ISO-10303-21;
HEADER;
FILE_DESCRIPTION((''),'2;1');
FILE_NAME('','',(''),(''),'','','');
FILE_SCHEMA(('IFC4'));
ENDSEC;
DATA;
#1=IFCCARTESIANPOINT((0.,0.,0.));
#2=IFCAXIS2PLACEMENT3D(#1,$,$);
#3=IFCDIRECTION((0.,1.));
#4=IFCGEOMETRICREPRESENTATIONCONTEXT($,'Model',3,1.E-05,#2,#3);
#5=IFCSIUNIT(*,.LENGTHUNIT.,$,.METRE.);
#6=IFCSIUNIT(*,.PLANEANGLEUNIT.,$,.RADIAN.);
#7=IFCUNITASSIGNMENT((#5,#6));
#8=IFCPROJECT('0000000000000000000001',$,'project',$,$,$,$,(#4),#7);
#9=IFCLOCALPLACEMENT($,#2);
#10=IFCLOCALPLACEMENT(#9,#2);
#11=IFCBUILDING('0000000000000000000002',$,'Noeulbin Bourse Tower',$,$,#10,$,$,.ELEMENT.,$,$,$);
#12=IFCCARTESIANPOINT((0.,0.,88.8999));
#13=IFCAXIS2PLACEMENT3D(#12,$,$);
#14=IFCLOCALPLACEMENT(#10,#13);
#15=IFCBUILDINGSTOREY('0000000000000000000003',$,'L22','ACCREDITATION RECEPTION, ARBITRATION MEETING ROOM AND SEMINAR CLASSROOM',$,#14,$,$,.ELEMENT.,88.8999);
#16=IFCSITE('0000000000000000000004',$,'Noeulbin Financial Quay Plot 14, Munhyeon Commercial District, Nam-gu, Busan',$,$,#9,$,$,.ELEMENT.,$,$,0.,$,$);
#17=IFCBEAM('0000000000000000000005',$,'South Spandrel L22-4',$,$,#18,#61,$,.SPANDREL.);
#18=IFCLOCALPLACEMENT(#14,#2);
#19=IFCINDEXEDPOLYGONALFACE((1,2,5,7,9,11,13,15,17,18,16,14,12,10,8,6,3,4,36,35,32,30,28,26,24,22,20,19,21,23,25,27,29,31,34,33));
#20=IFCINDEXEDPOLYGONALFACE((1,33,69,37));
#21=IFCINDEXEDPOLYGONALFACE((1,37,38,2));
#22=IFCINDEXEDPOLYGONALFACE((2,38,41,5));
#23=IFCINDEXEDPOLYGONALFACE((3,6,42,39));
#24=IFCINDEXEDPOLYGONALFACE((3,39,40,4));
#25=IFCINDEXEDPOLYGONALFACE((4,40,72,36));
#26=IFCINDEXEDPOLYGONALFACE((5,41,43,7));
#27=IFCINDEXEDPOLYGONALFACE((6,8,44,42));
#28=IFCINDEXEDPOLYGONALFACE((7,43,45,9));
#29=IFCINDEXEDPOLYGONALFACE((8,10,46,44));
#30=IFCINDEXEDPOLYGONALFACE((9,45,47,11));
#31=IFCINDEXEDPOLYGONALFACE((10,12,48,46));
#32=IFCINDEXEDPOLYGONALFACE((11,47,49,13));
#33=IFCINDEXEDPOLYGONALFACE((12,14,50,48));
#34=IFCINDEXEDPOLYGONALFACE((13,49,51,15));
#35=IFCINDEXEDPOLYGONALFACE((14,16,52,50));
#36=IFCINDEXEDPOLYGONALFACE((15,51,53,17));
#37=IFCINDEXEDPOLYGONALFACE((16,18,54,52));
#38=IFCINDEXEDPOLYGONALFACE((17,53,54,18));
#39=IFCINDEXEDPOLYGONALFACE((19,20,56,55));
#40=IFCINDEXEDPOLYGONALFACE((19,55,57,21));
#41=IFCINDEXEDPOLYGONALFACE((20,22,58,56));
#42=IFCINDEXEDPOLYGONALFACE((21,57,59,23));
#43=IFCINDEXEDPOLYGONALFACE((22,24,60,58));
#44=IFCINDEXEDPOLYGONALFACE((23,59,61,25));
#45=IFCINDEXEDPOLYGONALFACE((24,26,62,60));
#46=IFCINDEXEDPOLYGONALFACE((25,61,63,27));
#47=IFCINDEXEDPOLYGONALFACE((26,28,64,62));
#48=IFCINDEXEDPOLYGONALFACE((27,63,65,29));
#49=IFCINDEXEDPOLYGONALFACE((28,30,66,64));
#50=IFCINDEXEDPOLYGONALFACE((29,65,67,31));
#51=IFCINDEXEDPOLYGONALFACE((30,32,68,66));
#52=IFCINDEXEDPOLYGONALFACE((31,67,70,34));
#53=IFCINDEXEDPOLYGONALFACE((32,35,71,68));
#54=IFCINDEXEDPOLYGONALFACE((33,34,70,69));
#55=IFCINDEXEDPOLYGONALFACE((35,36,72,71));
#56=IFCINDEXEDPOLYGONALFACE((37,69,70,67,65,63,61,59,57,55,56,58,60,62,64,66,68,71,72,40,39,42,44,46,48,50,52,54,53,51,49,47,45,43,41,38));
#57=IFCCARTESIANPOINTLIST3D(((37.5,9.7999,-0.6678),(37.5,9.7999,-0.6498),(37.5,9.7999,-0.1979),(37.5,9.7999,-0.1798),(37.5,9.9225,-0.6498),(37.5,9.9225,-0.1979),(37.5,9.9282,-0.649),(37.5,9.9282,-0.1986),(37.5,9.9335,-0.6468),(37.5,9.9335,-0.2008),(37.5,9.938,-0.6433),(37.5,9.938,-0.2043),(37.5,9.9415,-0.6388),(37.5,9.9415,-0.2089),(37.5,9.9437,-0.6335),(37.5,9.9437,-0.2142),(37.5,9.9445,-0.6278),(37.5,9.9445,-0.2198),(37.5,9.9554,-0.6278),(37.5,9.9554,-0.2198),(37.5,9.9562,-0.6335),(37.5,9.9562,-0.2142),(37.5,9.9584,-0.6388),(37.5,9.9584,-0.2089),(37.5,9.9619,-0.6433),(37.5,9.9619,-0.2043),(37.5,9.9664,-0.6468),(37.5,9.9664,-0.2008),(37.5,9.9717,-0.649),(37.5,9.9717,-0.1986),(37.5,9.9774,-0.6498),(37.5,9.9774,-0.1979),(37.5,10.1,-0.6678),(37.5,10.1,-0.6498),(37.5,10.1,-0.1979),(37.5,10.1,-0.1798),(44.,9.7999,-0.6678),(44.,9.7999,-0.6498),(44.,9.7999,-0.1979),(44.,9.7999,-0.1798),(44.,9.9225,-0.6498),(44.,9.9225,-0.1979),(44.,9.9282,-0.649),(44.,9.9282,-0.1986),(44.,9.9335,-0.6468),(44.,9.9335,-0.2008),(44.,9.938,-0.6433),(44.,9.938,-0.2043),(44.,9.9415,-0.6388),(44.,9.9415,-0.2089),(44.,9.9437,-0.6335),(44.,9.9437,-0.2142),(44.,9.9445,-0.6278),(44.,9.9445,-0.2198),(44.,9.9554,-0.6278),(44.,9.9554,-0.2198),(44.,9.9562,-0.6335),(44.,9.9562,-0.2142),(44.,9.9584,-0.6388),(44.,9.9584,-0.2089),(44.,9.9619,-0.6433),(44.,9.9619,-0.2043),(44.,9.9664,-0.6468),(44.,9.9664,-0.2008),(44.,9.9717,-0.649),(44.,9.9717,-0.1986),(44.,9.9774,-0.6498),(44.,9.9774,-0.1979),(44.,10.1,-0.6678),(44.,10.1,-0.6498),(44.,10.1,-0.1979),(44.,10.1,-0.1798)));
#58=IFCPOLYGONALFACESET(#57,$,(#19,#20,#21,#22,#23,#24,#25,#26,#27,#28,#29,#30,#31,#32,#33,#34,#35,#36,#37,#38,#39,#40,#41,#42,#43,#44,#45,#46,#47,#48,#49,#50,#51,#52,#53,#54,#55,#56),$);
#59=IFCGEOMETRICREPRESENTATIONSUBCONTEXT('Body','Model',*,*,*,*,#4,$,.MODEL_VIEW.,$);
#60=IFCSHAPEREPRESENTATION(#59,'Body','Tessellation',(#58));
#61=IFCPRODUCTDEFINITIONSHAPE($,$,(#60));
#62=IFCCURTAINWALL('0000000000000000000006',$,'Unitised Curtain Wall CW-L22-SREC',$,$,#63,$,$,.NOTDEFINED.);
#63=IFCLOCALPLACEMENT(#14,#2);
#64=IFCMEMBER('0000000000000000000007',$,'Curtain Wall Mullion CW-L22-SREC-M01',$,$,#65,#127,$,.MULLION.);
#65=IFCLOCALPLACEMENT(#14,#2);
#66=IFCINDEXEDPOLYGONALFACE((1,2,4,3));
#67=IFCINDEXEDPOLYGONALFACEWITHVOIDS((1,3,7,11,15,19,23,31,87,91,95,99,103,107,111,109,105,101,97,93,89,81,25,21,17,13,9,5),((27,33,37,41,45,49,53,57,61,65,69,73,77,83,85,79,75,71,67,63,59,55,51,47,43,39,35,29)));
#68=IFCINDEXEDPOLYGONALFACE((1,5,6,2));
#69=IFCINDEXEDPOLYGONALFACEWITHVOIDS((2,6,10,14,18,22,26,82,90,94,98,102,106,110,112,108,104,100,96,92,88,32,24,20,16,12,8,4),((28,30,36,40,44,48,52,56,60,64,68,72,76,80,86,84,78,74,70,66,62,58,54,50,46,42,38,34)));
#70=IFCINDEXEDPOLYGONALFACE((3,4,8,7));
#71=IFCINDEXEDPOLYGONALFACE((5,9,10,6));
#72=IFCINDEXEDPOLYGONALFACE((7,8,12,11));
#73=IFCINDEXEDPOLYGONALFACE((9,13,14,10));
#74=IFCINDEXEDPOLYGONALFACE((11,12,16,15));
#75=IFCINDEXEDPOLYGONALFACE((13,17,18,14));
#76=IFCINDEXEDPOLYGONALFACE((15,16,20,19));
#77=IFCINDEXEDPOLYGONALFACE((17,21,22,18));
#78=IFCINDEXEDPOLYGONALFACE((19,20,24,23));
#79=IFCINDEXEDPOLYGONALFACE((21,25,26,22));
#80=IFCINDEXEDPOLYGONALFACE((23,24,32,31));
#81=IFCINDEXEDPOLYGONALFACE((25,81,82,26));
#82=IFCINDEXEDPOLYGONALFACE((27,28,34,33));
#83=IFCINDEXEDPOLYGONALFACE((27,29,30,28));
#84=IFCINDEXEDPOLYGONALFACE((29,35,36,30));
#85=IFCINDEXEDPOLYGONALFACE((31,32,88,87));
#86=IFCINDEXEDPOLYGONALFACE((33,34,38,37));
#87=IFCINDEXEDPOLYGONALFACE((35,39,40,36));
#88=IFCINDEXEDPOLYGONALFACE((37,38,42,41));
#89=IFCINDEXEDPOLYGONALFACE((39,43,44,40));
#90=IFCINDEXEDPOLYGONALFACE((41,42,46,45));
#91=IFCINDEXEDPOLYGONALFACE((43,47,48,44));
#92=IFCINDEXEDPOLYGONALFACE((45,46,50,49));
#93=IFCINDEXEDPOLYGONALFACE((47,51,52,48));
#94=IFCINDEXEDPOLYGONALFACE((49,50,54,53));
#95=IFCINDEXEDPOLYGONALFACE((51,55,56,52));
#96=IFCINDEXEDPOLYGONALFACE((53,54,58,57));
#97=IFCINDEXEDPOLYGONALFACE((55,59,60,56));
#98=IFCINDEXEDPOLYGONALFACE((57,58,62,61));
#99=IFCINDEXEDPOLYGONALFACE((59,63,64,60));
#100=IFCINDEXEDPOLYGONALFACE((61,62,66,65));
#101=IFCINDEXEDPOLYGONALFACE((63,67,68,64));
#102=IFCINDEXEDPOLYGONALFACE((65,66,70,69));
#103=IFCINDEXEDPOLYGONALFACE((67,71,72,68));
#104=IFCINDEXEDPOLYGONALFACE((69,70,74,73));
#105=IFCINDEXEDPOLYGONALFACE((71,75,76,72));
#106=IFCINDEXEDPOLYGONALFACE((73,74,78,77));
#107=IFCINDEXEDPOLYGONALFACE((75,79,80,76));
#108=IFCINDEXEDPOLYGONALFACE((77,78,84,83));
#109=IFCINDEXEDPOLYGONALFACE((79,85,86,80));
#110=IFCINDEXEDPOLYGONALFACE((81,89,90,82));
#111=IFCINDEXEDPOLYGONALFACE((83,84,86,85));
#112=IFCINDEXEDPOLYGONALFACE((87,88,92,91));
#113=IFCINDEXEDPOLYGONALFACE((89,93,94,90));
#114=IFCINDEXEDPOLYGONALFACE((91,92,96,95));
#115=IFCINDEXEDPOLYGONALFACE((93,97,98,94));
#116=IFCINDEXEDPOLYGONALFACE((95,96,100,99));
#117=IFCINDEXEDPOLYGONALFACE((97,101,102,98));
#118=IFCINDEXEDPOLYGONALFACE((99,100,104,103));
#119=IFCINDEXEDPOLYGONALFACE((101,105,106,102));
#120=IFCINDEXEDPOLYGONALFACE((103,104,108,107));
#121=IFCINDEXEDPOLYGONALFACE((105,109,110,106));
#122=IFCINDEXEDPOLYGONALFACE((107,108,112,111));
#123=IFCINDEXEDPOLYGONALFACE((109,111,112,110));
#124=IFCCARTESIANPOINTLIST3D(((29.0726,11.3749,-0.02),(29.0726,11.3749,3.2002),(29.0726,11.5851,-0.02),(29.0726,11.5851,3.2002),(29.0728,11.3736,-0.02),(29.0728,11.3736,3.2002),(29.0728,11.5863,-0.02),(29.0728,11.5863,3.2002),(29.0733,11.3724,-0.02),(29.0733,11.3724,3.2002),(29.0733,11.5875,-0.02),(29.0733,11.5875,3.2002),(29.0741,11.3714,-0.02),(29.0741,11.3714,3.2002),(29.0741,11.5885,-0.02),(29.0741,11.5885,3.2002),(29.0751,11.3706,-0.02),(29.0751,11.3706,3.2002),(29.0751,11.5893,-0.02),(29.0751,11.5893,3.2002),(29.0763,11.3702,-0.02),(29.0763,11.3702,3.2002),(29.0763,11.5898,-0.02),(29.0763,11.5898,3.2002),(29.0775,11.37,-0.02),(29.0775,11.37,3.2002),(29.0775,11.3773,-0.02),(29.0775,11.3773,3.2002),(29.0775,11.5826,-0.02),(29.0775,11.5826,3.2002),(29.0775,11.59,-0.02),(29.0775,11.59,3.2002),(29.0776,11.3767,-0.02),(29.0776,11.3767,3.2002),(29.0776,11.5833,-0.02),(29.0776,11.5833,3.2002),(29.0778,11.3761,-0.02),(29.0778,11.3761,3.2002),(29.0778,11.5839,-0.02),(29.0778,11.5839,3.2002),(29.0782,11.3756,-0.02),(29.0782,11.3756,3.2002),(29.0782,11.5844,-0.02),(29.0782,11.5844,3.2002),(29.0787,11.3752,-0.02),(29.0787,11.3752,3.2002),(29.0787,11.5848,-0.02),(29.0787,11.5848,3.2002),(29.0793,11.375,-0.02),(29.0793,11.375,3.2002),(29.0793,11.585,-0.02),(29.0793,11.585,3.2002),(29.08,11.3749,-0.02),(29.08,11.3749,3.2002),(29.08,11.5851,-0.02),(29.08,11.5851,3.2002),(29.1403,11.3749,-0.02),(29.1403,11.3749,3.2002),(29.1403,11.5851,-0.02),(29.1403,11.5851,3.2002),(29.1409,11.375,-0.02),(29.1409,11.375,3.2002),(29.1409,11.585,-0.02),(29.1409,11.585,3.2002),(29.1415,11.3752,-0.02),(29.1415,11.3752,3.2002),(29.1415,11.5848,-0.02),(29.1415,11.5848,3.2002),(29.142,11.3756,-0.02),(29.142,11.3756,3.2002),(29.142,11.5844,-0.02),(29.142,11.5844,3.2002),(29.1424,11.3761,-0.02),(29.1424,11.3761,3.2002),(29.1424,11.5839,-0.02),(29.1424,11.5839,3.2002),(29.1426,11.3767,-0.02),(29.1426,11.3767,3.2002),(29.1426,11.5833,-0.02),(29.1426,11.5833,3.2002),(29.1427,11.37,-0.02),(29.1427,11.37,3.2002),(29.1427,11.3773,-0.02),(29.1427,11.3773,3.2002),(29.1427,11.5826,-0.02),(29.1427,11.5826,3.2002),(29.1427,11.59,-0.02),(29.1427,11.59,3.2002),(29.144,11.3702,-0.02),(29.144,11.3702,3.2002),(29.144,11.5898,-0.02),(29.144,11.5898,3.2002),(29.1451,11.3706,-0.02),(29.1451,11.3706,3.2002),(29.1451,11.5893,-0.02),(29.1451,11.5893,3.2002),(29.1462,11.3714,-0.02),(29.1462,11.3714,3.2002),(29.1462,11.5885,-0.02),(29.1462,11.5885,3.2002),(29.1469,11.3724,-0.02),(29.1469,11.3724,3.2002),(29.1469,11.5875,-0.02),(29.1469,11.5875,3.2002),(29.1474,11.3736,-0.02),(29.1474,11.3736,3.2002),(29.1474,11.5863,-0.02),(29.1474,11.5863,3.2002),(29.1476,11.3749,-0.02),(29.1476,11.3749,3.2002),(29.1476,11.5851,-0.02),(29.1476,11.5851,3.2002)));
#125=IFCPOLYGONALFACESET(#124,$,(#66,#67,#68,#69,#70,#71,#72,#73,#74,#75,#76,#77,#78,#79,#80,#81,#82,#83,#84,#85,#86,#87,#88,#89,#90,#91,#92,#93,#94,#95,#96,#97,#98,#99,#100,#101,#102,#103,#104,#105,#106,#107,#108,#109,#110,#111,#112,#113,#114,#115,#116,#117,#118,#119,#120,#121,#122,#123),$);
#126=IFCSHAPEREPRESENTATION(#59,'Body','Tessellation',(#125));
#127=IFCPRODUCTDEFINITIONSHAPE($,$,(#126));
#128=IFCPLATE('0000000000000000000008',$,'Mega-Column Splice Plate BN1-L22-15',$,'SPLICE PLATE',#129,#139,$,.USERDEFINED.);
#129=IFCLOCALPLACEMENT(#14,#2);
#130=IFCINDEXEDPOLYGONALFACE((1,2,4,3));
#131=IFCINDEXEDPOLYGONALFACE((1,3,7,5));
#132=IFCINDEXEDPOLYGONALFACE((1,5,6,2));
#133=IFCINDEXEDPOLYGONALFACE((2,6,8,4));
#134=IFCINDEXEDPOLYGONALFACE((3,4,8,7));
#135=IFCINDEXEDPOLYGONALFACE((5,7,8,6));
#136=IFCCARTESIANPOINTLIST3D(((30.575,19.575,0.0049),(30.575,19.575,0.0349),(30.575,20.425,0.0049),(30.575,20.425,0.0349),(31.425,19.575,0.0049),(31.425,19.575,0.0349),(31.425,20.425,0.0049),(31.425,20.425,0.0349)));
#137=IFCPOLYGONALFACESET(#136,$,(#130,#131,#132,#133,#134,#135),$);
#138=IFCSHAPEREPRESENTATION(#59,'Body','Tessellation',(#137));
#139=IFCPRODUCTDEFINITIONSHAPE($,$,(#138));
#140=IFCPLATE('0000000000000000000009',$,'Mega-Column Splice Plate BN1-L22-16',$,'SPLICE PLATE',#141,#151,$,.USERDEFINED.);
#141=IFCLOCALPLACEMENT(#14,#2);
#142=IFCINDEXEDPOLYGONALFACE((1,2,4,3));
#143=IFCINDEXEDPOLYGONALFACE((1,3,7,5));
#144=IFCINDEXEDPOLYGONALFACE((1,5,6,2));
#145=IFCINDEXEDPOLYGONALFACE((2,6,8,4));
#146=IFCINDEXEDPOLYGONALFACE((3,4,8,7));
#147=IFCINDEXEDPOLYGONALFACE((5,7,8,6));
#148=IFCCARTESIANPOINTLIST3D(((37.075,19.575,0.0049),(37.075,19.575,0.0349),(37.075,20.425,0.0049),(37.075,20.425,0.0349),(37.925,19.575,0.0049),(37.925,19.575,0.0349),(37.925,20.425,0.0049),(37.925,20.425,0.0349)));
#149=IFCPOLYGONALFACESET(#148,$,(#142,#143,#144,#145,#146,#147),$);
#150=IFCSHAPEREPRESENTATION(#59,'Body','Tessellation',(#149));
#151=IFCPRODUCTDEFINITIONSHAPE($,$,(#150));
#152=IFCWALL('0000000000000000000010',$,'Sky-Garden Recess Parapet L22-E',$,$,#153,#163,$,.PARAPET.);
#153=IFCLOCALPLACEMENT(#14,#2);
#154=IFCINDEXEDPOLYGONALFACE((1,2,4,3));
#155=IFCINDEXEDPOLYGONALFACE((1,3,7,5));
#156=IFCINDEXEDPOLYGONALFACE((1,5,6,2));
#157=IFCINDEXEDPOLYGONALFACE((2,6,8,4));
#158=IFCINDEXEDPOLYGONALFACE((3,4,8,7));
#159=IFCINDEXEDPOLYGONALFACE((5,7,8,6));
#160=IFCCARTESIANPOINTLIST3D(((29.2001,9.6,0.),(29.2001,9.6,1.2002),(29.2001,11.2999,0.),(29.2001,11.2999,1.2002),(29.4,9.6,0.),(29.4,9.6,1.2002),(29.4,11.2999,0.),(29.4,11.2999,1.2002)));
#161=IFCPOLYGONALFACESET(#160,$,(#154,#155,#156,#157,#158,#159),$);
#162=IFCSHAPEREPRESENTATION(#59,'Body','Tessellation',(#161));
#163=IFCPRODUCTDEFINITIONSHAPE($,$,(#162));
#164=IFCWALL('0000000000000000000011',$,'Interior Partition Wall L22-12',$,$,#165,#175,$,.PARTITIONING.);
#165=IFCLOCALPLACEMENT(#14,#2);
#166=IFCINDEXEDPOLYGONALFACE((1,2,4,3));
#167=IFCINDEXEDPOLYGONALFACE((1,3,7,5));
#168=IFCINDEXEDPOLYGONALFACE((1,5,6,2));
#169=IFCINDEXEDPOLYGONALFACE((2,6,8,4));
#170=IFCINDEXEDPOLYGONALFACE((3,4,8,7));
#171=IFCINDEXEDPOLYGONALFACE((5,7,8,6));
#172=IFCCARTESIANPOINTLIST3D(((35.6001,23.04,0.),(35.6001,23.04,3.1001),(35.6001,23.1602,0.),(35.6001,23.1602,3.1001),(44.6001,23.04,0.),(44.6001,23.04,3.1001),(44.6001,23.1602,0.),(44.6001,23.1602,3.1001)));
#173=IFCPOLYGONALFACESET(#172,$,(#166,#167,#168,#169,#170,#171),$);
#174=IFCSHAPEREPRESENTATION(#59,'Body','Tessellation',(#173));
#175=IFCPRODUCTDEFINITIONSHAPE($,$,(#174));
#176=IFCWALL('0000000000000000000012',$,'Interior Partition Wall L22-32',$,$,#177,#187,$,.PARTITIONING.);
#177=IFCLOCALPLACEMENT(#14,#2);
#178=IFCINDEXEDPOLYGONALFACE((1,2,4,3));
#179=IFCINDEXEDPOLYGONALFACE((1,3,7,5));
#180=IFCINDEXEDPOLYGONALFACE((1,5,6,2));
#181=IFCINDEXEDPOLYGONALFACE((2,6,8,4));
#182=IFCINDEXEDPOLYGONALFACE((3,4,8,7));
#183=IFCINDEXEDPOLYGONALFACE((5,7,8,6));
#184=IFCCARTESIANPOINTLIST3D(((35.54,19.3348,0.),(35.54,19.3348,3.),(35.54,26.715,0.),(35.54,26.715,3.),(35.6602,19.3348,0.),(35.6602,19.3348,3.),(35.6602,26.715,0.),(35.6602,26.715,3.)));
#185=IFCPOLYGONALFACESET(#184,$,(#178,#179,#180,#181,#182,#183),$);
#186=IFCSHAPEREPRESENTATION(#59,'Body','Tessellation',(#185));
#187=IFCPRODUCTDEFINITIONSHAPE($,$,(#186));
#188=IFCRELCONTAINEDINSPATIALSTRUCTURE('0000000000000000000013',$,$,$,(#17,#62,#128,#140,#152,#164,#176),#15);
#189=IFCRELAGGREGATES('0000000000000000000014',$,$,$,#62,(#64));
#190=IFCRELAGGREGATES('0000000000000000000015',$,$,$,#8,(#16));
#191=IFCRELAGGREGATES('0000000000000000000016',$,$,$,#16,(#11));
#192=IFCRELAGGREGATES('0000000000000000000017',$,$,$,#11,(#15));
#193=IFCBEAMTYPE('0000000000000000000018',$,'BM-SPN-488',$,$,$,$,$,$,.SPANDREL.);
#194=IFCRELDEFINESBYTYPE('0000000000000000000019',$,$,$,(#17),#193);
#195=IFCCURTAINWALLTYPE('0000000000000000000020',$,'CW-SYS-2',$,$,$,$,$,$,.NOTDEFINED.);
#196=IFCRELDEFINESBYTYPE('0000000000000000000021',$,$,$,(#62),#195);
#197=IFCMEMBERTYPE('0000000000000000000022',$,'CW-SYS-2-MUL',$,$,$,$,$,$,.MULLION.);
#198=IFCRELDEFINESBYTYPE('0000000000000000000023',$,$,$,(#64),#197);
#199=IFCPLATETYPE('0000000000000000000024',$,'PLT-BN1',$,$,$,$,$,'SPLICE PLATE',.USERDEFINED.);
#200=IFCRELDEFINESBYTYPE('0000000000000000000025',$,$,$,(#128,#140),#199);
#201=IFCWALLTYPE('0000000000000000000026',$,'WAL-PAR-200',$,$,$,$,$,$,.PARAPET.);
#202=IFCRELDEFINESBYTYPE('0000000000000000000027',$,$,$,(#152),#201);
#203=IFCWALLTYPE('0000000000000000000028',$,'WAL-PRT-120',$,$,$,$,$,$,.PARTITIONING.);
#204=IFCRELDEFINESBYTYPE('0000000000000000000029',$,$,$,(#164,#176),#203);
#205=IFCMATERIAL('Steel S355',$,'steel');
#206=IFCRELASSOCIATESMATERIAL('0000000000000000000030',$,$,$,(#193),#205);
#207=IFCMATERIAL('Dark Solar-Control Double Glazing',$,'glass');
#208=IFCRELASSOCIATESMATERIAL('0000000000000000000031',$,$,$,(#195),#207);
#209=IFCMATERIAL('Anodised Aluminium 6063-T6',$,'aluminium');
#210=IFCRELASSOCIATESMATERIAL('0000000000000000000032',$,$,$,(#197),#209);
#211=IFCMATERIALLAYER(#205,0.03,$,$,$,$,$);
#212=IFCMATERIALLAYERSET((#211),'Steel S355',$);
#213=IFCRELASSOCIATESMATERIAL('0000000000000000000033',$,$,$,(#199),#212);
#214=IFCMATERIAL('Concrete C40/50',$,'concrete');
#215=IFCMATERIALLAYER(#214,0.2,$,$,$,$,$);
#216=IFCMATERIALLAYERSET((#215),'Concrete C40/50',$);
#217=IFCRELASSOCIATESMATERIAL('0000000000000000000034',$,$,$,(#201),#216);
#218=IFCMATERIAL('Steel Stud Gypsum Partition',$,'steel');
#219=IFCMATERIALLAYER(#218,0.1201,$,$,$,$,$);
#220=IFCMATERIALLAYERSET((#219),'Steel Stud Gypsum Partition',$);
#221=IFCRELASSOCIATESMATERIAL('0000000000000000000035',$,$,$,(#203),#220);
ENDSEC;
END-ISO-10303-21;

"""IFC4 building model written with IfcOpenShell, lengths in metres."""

from ifc_helpers import new_model, si_unit, direction, frame, frame_2d, origin, origin_2d, place, context, subcontext, project, spatial, rectangle, hollow_rectangle, i_section, extrude, material, layer, layer_set, material_profile, profile_set, type_object, element, aggregate, save


model = new_model("IFC4")

# Units and contexts
model_context = context("Model", 3, precision=1e-05, world=origin(), true_north=direction((0.0, 1.0)))
body_context = subcontext(model_context, "Body", "Model", "MODEL_VIEW")
ifc_project = project(units=[si_unit("LENGTHUNIT", "METRE"), si_unit("PLANEANGLEUNIT", "RADIAN")], contexts=[model_context])

# Site, building, storey
site_placement = place(None, origin())
site = spatial("IfcSite", under=ifc_project, at=site_placement, Name="Noeulbin Financial Quay Plot 14, Munhyeon Commercial District, Nam-gu, Busan", CompositionType="ELEMENT", RefElevation=0.0)
building_placement = place(site_placement, origin())
building = spatial("IfcBuilding", under=site, at=building_placement, Name="Noeulbin Bourse Tower", CompositionType="ELEMENT")
storey_placement = place(building_placement, frame((0.0, 0.0, 88.8999)))
storey = spatial("IfcBuildingStorey", under=building, at=storey_placement, Name="L22", Description="ACCREDITATION RECEPTION, ARBITRATION MEETING ROOM AND SEMINAR CLASSROOM", CompositionType="ELEMENT", Elevation=88.8999)

# Beam
ifc_material_1 = material(Name="Steel S355", Category="steel")
ifc_material_profile_1 = material_profile(ifc_material_1, i_section(OverallWidth=0.3, OverallDepth=0.488, WebThickness=0.011, FlangeThickness=0.0181, FilletRadius=0.022, at=origin_2d()), Name="H-488x300x11x18", Category="LoadBearing")
ifc_profile_set_1 = profile_set([ifc_material_profile_1], Name="Steel S355")
beam_type_1 = type_object("IfcBeamType", Name="BM-SPN-488", PredefinedType="SPANDREL", material=ifc_profile_set_1)
beam_1_placement = place(storey_placement, frame((37.5, 9.95, -0.4238), z_axis=(1.0, 0.0, 0.0), x_axis=(0.0, 1.0, 0.0)))
element("IfcBeam", 1, at=beam_1_placement, inside=storey, type_object=beam_type_1, Name="South Spandrel L22-4", PredefinedType="SPANDREL", context=body_context, shape_type="SweptSolid", body=[
    extrude(i_section(OverallWidth=0.3, OverallDepth=0.488, WebThickness=0.011, FlangeThickness=0.0181, FilletRadius=0.022, at=origin_2d()), origin(), (0.0, 0.0, 1.0), 6.5),
])

# Curtain wall, member
ifc_material_2 = material(Name="Dark Solar-Control Double Glazing", Category="glass")
curtain_wall_type = type_object("IfcCurtainWallType", Name="CW-SYS-2", PredefinedType="NOTDEFINED", material=ifc_material_2)
curtain_wall_placement = place(storey_placement, origin())
curtain_wall = element("IfcCurtainWall", 2, at=curtain_wall_placement, inside=storey, type_object=curtain_wall_type, Name="Unitised Curtain Wall CW-L22-SREC", PredefinedType="NOTDEFINED")
ifc_material_3 = material(Name="Anodised Aluminium 6063-T6", Category="aluminium")
ifc_material_profile_2 = material_profile(ifc_material_3, hollow_rectangle(XDim=0.075, YDim=0.22, WallThickness=0.0049, InnerFilletRadius=0.0024, OuterFilletRadius=0.0049, at=origin_2d()), Name="ALU-MULL-75x220x5", Category="LoadBearing")
ifc_profile_set_2 = profile_set([ifc_material_profile_2], Name="Anodised Aluminium 6063-T6")
member_type = type_object("IfcMemberType", Name="CW-SYS-2-MUL", PredefinedType="MULLION", material=ifc_profile_set_2)
member_placement = place(storey_placement, frame((29.1101, 11.48, -0.02), z_axis=(0.0, 0.0, 1.0), x_axis=(1.0, 0.0, 0.0)))
member = element("IfcMember", 3, at=member_placement, type_object=member_type, Name="Curtain Wall Mullion CW-L22-SREC-M01", PredefinedType="MULLION", context=body_context, shape_type="SweptSolid", body=[
    extrude(hollow_rectangle(XDim=0.075, YDim=0.22, WallThickness=0.0049, InnerFilletRadius=0.0024, OuterFilletRadius=0.0049, at=origin_2d()), origin(), (0.0, 0.0, 1.0), 3.2202),
])
aggregate(curtain_wall, [member])

# Plates
ifc_layer_1 = layer(ifc_material_1, 0.03)
ifc_layer_set_1 = layer_set([ifc_layer_1], Name="Steel S355")
plate_type = type_object("IfcPlateType", Name="PLT-BN1", ElementType="SPLICE PLATE", PredefinedType="USERDEFINED", material=ifc_layer_set_1)
for number, where, z_axis, x_axis, name in (
    (4, (31.0, 20.0, 0.0049), (0.0, 0.0, 1.0), (1.0, 0.0, 0.0), "Mega-Column Splice Plate BN1-L22-15"),
    (5, (37.5, 20.0, 0.0049), (0.0, 0.0, 1.0), (1.0, 0.0, 0.0), "Mega-Column Splice Plate BN1-L22-16"),
):
    element("IfcPlate", number, at=place(storey_placement, frame(where, z_axis=z_axis, x_axis=x_axis)), inside=storey, type_object=plate_type, Name=name, ObjectType="SPLICE PLATE", PredefinedType="USERDEFINED", context=body_context, shape_type="SweptSolid", body=[
        extrude(rectangle(XDim=0.8501, YDim=0.8501, at=origin_2d()), origin(), (0.0, 0.0, 1.0), 0.03),
    ])

# Walls
ifc_material_4 = material(Name="Concrete C40/50", Category="concrete")
ifc_layer_2 = layer(ifc_material_4, 0.2)
ifc_layer_set_2 = layer_set([ifc_layer_2], Name="Concrete C40/50")
wall_type_1 = type_object("IfcWallType", Name="WAL-PAR-200", PredefinedType="PARAPET", material=ifc_layer_set_2)
wall_1_placement = place(storey_placement, frame((29.3, 11.3, 0.0), z_axis=(0.0, 0.0, 1.0), x_axis=(0.0, -1.0, 0.0)))
element("IfcWall", 6, at=wall_1_placement, inside=storey, type_object=wall_type_1, Name="Sky-Garden Recess Parapet L22-E", PredefinedType="PARAPET", context=body_context, shape_type="SweptSolid", body=[
    extrude(rectangle(XDim=1.7, YDim=0.2, at=frame_2d((0.8501, 0.0))), origin(), (0.0, 0.0, 1.0), 1.2002),
])
ifc_material_5 = material(Name="Steel Stud Gypsum Partition", Category="steel")
ifc_layer_3 = layer(ifc_material_5, 0.1201)
ifc_layer_set_3 = layer_set([ifc_layer_3], Name="Steel Stud Gypsum Partition")
wall_type_2 = type_object("IfcWallType", Name="WAL-PRT-120", PredefinedType="PARTITIONING", material=ifc_layer_set_3)
wall_2_placement = place(storey_placement, frame((35.6001, 23.1001, 0.0), z_axis=(0.0, 0.0, 1.0), x_axis=(1.0, 0.0, 0.0)))
element("IfcWall", 7, at=wall_2_placement, inside=storey, type_object=wall_type_2, Name="Interior Partition Wall L22-12", PredefinedType="PARTITIONING", context=body_context, shape_type="SweptSolid", body=[
    extrude(rectangle(XDim=9.0, YDim=0.1201, at=frame_2d((4.5, 0.0))), origin(), (0.0, 0.0, 1.0), 3.1001),
])
wall_3_placement = place(storey_placement, frame((35.6001, 19.335, 0.0), z_axis=(0.0, 0.0, 1.0), x_axis=(0.0, 1.0, 0.0)))
element("IfcWall", 8, at=wall_3_placement, inside=storey, type_object=wall_type_2, Name="Interior Partition Wall L22-32", PredefinedType="PARTITIONING", context=body_context, shape_type="SweptSolid", body=[
    extrude(rectangle(XDim=7.3801, YDim=0.1201, at=frame_2d((3.6899, 0.0))), origin(), (0.0, 0.0, 1.0), 3.0),
])

save(model, "model.ifc")
